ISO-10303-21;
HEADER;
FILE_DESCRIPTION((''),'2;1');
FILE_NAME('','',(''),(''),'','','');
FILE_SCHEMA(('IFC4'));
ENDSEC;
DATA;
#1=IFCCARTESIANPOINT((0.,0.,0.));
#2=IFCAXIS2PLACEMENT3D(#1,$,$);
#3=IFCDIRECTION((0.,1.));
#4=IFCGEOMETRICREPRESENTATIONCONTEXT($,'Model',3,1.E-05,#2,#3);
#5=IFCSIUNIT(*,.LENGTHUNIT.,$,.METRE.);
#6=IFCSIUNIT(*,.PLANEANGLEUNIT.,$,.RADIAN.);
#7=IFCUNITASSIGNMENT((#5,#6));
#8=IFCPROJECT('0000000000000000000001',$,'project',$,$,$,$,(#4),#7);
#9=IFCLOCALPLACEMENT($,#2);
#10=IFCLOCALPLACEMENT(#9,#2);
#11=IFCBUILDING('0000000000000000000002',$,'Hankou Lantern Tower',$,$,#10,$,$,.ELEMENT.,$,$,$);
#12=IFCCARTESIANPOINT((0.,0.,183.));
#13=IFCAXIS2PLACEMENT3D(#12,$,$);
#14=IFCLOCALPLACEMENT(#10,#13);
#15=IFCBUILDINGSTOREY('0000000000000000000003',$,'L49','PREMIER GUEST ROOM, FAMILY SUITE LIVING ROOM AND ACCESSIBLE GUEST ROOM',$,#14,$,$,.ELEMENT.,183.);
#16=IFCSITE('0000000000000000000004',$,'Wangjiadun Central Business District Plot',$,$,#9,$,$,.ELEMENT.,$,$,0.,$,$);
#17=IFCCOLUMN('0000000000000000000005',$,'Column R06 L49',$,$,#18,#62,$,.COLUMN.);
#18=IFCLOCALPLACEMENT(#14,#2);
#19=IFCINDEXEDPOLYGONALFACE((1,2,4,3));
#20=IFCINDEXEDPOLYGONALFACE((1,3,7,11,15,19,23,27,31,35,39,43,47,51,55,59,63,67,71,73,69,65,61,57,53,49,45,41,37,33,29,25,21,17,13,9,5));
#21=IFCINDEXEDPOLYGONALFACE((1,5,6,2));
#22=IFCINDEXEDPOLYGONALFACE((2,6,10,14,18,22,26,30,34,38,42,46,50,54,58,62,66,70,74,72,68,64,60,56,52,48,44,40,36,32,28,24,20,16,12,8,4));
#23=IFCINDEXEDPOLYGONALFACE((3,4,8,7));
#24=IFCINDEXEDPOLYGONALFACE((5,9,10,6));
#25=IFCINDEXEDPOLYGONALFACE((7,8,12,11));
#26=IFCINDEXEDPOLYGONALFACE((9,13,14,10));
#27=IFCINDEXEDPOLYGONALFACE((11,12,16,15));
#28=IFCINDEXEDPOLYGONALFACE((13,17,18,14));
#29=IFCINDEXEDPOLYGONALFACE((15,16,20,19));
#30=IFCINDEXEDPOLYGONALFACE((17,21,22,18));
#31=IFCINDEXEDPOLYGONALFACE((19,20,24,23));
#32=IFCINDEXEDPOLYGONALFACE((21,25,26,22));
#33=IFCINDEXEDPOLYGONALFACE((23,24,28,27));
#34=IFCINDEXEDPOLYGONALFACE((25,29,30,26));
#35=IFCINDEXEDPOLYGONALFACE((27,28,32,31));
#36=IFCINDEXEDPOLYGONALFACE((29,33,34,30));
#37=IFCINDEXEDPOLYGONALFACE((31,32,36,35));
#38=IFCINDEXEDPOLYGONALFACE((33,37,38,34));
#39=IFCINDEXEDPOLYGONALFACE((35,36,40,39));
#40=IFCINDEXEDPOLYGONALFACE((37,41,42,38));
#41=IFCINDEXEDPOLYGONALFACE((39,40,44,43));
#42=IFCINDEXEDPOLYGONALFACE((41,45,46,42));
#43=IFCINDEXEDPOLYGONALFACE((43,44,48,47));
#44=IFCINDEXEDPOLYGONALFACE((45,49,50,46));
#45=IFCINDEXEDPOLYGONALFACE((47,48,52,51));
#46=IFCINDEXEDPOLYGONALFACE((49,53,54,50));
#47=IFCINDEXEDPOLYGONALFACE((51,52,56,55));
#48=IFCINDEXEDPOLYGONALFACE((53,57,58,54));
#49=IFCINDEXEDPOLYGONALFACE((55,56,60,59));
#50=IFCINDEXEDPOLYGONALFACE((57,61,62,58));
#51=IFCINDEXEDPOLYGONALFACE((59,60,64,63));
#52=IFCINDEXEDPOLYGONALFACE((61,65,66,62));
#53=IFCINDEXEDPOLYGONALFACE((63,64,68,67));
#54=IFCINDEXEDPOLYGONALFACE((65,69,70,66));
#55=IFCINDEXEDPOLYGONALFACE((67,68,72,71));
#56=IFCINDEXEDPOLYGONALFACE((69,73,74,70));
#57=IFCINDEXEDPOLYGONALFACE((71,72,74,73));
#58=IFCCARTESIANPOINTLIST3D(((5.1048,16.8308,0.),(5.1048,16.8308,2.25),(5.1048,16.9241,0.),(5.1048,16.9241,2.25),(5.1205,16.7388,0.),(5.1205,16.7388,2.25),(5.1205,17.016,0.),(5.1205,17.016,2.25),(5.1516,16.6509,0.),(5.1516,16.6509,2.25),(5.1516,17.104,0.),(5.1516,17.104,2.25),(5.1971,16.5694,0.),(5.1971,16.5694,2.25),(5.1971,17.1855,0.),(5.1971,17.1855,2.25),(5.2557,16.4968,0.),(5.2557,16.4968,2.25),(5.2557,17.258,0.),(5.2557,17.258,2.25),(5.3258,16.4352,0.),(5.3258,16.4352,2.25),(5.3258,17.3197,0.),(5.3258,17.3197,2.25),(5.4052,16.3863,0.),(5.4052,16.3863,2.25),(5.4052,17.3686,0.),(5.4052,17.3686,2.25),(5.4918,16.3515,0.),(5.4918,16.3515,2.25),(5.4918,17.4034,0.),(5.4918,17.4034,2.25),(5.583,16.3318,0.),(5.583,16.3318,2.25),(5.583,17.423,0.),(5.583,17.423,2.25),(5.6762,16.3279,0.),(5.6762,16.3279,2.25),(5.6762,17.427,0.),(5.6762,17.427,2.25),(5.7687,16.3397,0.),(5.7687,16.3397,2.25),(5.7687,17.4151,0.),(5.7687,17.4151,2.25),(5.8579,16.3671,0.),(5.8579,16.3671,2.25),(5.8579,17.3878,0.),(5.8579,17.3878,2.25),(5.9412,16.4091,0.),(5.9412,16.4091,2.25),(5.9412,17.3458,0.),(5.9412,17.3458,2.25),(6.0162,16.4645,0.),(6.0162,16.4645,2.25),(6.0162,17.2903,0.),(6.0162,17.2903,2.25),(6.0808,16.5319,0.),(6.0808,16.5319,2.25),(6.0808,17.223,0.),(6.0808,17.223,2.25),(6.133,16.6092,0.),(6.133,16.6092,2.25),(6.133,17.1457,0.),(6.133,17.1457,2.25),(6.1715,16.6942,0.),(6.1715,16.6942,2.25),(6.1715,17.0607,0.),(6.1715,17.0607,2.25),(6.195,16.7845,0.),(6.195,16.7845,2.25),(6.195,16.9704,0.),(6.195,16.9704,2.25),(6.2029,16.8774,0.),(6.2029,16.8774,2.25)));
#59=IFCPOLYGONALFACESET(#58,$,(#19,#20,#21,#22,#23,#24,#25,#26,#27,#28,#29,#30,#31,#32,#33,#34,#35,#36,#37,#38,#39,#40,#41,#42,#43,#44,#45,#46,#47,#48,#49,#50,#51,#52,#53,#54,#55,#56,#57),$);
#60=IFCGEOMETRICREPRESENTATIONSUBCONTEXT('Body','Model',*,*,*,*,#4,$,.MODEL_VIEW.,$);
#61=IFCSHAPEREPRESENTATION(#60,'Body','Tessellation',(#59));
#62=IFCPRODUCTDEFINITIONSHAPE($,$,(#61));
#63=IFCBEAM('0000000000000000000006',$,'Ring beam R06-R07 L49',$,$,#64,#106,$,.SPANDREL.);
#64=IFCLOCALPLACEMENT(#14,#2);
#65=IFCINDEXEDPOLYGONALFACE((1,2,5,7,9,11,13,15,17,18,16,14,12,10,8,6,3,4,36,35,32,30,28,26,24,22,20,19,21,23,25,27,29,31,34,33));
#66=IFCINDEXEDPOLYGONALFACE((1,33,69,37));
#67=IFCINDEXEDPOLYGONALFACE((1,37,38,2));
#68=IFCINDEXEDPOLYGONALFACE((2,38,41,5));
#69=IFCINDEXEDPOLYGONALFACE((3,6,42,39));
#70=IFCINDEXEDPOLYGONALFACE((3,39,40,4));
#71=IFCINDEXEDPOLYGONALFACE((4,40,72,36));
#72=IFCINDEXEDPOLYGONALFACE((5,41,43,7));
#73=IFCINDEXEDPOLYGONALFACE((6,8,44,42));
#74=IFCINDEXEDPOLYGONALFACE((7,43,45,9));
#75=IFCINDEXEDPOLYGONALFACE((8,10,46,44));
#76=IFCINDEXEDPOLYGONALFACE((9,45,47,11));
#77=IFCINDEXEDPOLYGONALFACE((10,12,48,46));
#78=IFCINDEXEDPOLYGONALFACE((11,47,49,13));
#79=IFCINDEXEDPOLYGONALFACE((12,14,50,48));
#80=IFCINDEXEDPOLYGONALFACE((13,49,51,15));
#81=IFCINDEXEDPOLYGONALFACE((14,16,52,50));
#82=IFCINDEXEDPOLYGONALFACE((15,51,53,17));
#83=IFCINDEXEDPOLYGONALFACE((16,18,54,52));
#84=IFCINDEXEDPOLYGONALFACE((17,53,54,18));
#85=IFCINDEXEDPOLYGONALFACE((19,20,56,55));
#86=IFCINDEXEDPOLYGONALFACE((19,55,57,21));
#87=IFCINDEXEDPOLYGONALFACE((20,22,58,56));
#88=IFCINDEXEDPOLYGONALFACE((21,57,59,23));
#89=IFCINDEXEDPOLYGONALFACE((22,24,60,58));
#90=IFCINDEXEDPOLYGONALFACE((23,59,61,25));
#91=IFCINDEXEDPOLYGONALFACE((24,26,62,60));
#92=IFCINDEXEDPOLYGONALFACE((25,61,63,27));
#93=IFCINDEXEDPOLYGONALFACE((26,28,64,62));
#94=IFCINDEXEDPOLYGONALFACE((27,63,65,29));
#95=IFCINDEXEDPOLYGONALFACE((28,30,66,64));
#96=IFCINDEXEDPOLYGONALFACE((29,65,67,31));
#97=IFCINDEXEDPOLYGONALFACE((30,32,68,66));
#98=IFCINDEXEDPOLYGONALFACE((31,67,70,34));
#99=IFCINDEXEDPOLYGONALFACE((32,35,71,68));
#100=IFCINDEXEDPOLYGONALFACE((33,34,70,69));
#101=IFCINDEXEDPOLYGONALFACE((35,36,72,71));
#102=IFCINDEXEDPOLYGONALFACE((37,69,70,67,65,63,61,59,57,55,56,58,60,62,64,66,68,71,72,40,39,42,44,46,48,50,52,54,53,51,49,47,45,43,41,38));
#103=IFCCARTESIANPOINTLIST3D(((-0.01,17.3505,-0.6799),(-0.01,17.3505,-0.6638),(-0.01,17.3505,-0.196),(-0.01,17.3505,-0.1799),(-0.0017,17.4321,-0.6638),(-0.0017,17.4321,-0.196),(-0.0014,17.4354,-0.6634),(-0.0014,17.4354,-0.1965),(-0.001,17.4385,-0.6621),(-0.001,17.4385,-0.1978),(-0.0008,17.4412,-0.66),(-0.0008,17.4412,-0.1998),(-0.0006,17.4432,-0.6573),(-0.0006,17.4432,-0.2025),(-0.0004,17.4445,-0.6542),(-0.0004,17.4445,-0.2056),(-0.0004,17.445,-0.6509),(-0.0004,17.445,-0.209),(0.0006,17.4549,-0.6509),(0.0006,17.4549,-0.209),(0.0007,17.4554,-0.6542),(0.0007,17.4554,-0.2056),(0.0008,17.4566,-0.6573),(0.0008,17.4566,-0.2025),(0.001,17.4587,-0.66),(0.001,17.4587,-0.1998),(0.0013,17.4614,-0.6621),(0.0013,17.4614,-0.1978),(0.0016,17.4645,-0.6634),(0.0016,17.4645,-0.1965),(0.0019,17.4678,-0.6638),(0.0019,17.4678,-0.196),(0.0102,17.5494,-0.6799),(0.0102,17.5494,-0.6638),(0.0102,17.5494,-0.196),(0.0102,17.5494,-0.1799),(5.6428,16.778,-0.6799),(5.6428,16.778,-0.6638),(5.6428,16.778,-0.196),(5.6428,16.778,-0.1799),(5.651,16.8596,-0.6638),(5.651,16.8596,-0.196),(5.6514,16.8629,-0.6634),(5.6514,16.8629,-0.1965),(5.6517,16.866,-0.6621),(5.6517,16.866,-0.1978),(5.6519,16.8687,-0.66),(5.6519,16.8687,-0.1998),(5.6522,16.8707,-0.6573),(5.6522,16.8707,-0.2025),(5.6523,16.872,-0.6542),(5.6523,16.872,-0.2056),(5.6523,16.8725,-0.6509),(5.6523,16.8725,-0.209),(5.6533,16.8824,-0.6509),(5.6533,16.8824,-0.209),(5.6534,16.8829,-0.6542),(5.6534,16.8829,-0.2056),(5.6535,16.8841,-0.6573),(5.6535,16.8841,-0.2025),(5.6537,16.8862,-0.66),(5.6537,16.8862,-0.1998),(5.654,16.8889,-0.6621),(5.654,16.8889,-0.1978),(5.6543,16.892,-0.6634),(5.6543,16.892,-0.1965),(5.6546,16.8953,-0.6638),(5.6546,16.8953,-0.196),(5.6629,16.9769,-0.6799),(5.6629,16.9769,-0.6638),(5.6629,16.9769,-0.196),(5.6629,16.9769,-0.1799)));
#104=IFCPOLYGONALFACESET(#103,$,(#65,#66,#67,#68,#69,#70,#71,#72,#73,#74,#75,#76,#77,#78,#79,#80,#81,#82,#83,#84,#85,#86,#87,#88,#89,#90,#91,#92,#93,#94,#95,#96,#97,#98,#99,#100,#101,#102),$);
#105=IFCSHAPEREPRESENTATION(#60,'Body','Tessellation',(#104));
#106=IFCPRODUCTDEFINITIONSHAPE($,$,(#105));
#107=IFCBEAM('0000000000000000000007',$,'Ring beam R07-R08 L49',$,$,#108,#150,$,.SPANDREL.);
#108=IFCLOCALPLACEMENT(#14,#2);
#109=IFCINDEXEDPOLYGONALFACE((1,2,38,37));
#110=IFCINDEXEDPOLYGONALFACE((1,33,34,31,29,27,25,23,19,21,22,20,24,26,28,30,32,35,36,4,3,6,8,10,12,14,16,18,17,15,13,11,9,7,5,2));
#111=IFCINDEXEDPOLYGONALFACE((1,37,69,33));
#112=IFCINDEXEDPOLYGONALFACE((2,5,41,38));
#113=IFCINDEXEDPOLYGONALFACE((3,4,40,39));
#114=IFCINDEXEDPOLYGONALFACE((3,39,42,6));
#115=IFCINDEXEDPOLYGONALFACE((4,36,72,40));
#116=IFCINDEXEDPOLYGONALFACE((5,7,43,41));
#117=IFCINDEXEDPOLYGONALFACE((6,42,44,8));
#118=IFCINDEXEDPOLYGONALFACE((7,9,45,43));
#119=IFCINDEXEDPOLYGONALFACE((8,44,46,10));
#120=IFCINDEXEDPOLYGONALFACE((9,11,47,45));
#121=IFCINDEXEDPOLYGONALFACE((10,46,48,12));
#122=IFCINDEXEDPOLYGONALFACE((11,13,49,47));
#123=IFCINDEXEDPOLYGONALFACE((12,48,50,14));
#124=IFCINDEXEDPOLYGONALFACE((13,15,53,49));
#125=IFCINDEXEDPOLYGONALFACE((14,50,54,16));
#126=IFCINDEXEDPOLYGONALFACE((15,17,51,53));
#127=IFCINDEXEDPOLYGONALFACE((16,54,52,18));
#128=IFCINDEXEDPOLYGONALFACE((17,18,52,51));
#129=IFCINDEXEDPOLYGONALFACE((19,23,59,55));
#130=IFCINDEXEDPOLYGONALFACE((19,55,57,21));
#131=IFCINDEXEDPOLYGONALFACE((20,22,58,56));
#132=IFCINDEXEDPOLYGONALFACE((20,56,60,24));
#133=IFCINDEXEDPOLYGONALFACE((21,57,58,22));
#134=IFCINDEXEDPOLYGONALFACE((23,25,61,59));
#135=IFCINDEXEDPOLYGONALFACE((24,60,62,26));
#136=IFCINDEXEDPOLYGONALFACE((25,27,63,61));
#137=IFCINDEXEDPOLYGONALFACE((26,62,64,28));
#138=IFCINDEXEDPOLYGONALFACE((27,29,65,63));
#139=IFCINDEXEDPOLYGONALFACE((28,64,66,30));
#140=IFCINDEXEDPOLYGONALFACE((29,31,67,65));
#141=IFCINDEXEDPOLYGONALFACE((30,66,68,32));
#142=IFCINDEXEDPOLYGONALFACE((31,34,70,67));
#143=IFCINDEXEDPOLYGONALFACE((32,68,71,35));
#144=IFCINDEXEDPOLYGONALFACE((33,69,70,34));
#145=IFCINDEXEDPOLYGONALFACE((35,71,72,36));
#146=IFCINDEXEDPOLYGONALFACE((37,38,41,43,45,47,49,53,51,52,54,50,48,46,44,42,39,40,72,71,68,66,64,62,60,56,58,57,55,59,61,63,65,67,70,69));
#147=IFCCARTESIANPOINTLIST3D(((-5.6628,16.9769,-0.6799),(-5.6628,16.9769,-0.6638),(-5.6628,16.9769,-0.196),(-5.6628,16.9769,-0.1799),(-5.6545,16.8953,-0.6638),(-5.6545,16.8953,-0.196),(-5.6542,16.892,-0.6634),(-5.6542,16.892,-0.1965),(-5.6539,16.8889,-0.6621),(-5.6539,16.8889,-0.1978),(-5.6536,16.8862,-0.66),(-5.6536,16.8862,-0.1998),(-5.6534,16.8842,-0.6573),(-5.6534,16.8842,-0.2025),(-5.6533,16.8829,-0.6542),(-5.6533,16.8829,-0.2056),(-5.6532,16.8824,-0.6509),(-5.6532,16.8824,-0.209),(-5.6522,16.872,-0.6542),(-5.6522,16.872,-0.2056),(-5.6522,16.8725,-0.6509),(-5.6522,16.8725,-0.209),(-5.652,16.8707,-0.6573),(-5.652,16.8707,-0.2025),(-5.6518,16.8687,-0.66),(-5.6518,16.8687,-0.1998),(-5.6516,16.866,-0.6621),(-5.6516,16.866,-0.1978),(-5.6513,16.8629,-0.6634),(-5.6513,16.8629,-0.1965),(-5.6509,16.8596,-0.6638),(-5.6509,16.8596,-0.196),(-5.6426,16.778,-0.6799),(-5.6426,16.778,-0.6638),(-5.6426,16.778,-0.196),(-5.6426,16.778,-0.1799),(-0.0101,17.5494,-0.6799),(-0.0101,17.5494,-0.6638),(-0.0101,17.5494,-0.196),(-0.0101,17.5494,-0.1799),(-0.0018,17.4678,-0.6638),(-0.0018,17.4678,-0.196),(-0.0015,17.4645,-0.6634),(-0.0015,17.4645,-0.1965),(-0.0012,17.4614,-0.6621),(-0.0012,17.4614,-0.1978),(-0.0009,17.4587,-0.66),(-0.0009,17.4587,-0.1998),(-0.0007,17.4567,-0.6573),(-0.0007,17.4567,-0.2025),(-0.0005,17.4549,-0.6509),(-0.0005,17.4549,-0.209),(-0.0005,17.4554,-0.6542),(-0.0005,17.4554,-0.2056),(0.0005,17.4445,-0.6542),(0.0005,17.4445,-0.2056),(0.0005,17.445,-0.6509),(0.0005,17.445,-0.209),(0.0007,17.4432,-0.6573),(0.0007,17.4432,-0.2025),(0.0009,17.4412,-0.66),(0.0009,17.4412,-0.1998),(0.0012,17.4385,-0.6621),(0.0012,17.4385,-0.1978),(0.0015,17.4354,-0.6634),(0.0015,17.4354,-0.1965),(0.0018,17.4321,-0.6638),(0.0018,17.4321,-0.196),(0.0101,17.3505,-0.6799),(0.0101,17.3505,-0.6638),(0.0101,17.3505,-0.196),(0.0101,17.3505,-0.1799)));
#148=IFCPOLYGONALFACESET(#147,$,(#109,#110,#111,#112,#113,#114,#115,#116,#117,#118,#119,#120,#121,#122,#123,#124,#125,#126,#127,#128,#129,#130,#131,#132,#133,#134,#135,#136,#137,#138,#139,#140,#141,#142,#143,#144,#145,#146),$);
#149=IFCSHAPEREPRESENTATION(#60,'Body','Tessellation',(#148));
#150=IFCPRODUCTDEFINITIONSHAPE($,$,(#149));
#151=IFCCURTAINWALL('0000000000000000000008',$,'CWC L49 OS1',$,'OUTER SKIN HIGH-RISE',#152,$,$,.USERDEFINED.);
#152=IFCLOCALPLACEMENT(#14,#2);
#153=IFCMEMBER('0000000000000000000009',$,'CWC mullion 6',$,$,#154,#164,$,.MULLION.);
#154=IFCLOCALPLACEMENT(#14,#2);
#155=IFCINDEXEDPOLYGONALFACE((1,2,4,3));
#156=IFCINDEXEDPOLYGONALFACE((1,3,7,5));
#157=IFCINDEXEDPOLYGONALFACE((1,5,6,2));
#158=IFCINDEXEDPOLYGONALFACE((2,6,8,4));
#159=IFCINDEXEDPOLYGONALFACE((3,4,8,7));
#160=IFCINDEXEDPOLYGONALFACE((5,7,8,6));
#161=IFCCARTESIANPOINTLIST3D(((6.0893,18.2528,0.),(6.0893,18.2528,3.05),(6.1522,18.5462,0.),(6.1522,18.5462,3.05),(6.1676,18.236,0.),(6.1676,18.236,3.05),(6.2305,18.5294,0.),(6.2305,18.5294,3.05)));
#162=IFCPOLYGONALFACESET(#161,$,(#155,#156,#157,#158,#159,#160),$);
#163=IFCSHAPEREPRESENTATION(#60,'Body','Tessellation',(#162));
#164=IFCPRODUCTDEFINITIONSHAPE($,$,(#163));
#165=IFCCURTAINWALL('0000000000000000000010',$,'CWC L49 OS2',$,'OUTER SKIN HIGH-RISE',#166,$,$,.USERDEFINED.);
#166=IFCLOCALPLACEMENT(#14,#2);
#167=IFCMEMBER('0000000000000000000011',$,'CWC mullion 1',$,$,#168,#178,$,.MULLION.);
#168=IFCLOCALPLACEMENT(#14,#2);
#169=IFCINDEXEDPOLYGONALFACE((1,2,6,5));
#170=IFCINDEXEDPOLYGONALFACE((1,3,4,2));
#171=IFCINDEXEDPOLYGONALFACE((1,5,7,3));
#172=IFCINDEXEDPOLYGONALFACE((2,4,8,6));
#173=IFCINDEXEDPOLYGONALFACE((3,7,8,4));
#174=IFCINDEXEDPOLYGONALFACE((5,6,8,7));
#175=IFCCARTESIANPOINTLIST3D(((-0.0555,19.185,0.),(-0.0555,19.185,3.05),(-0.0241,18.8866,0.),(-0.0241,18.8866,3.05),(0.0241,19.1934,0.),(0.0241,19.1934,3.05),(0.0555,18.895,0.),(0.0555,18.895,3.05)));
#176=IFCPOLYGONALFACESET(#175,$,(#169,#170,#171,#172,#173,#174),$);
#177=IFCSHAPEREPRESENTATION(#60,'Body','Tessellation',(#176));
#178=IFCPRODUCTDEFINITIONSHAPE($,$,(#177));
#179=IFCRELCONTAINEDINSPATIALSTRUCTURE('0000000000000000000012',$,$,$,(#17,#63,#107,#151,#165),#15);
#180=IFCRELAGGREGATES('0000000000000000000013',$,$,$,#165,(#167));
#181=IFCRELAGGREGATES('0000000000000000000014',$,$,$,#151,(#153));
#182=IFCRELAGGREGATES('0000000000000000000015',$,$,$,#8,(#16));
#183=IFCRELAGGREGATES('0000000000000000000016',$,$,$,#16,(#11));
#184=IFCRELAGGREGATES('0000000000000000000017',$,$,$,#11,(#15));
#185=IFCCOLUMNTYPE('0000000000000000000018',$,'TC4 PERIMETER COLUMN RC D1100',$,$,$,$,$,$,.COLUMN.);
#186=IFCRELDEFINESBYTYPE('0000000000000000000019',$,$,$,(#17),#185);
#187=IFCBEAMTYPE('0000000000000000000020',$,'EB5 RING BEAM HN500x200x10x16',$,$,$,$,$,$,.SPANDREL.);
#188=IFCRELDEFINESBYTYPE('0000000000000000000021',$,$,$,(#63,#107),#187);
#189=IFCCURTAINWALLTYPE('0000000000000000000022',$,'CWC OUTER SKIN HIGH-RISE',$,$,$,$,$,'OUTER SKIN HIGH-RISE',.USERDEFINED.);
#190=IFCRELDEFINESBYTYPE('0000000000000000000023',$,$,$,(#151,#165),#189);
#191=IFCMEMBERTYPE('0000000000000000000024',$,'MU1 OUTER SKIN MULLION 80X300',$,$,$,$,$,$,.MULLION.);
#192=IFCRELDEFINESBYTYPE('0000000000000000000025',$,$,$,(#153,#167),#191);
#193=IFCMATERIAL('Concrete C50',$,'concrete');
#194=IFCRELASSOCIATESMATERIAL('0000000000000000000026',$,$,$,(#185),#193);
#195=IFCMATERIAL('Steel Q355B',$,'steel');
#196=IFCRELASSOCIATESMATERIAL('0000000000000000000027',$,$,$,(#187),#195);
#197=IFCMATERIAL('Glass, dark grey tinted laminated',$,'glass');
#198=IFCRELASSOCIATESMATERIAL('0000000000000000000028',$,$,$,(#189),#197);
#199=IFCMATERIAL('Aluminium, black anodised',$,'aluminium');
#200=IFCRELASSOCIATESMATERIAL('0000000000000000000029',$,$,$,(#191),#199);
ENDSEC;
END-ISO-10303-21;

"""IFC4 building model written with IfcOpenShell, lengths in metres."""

from ifc_helpers import new_model, si_unit, direction, frame, origin, origin_2d, place, context, subcontext, project, spatial, rectangle, circle, i_section, extrude, clip, halfspace, material, material_profile, profile_set, type_object, element, aggregate, save


model = new_model("IFC4")

# Units and contexts
model_context = context("Model", 3, precision=1e-05, world=origin(), true_north=direction((0.0, 1.0)))
body_context = subcontext(model_context, "Body", "Model", "MODEL_VIEW")
ifc_project = project(units=[si_unit("LENGTHUNIT", "METRE"), si_unit("PLANEANGLEUNIT", "RADIAN")], contexts=[model_context])

# Site, building, storey
site_placement = place(None, origin())
site = spatial("IfcSite", under=ifc_project, at=site_placement, Name="Wangjiadun Central Business District Plot", CompositionType="ELEMENT", RefElevation=0.0)
building_placement = place(site_placement, origin())
building = spatial("IfcBuilding", under=site, at=building_placement, Name="Hankou Lantern Tower", CompositionType="ELEMENT")
storey_placement = place(building_placement, frame((0.0, 0.0, 183.0)))
storey = spatial("IfcBuildingStorey", under=building, at=storey_placement, Name="L49", Description="PREMIER GUEST ROOM, FAMILY SUITE LIVING ROOM AND ACCESSIBLE GUEST ROOM", CompositionType="ELEMENT", Elevation=183.0)

# Column
ifc_material_1 = material(Name="Concrete C50", Category="concrete")
ifc_material_profile_1 = material_profile(ifc_material_1, circle(Radius=0.55, at=origin_2d()), Name="RC D1100")
ifc_profile_set_1 = profile_set([ifc_material_profile_1], Name="Concrete C50")
column_type = type_object("IfcColumnType", Name="TC4 PERIMETER COLUMN RC D1100", PredefinedType="COLUMN", material=ifc_profile_set_1)
column_placement = place(storey_placement, frame((5.6528, 16.8774, 0.0), z_axis=(0.0, 0.0, 1.0), x_axis=(1.0, 0.0, 0.0)))
element("IfcColumn", 1, at=column_placement, inside=storey, type_object=column_type, Name="Column R06 L49", PredefinedType="COLUMN", context=body_context, shape_type="Clipping", body=[
    clip(extrude(circle(Radius=0.55, at=origin_2d()), origin(), (0.0, 0.0, 1.0), 3.3), halfspace(frame((0.0, 0.0, 2.25), z_axis=(0.0, 0.0, 1.0), x_axis=(1.0, 0.0, 0.0)), False)),
])

# Beams
ifc_material_2 = material(Name="Steel Q355B", Category="steel")
ifc_material_profile_2 = material_profile(ifc_material_2, i_section(OverallWidth=0.2, OverallDepth=0.5, WebThickness=0.01, FlangeThickness=0.0161, FilletRadius=0.0129, at=origin_2d()), Name="HN500x200x10x16")
ifc_profile_set_2 = profile_set([ifc_material_profile_2], Name="Steel Q355B")
beam_type_1 = type_object("IfcBeamType", Name="EB5 RING BEAM HN500x200x10x16", PredefinedType="SPANDREL", material=ifc_profile_set_2)
for number, where, z_axis, x_axis, name in (
    (2, (5.6528, 16.8774, -0.4299), (-0.99491, 0.100763, 0.0), (-0.100763, -0.99491, 0.0), "Ring beam R06-R07 L49"),
    (3, (0.0, 17.45, -0.4299), (-0.99491, -0.100763, 0.0), (0.100763, -0.99491, 0.0), "Ring beam R07-R08 L49"),
):
    element("IfcBeam", number, at=place(storey_placement, frame(where, z_axis=z_axis, x_axis=x_axis)), inside=storey, type_object=beam_type_1, Name=name, PredefinedType="SPANDREL", context=body_context, shape_type="SweptSolid", body=[
        extrude(i_section(OverallWidth=0.2, OverallDepth=0.5, WebThickness=0.01, FlangeThickness=0.0161, FilletRadius=0.0129, at=origin_2d()), origin(), (0.0, 0.0, 1.0), 5.6816),
    ])

# Curtain walls, members
ifc_material_3 = material(Name="Glass, dark grey tinted laminated", Category="glass")
curtain_wall_type = type_object("IfcCurtainWallType", Name="CWC OUTER SKIN HIGH-RISE", ElementType="OUTER SKIN HIGH-RISE", PredefinedType="USERDEFINED", material=ifc_material_3)
curtain_wall_1_placement = place(storey_placement, origin())
curtain_wall_1 = element("IfcCurtainWall", 4, at=curtain_wall_1_placement, inside=storey, type_object=curtain_wall_type, Name="CWC L49 OS1", ObjectType="OUTER SKIN HIGH-RISE", PredefinedType="USERDEFINED")
ifc_material_4 = material(Name="Aluminium, black anodised", Category="aluminium")
ifc_material_profile_3 = material_profile(ifc_material_4, rectangle(XDim=0.0801, YDim=0.3, at=origin_2d()), Name="MU1 80X300")
ifc_profile_set_3 = profile_set([ifc_material_profile_3], Name="Aluminium, black anodised")
member_type_1 = type_object("IfcMemberType", Name="MU1 OUTER SKIN MULLION 80X300", PredefinedType="MULLION", material=ifc_profile_set_3)
member_1_placement = place(storey_placement, frame((6.1599, 18.3911, 0.0), z_axis=(0.0, 0.0, 1.0), x_axis=(-0.977788, 0.209598, 0.0)))
member_1 = element("IfcMember", 5, at=member_1_placement, type_object=member_type_1, Name="CWC mullion 6", PredefinedType="MULLION", context=body_context, shape_type="SweptSolid", body=[
    extrude(rectangle(XDim=0.0801, YDim=0.3, at=origin_2d()), origin(), (0.0, 0.0, 1.0), 3.05),
])
curtain_wall_2_placement = place(storey_placement, origin())
curtain_wall_2 = element("IfcCurtainWall", 6, at=curtain_wall_2_placement, inside=storey, type_object=curtain_wall_type, Name="CWC L49 OS2", ObjectType="OUTER SKIN HIGH-RISE", PredefinedType="USERDEFINED")
member_2_placement = place(storey_placement, frame((0.0, 19.04, 0.0), z_axis=(0.0, 0.0, 1.0), x_axis=(-0.994499, -0.104743, 0.0)))
member_2 = element("IfcMember", 7, at=member_2_placement, type_object=member_type_1, Name="CWC mullion 1", PredefinedType="MULLION", context=body_context, shape_type="SweptSolid", body=[
    extrude(rectangle(XDim=0.0801, YDim=0.3, at=origin_2d()), origin(), (0.0, 0.0, 1.0), 3.05),
])
aggregate(curtain_wall_2, [member_2])

aggregate(curtain_wall_1, [member_1])

save(model, "model.ifc")
